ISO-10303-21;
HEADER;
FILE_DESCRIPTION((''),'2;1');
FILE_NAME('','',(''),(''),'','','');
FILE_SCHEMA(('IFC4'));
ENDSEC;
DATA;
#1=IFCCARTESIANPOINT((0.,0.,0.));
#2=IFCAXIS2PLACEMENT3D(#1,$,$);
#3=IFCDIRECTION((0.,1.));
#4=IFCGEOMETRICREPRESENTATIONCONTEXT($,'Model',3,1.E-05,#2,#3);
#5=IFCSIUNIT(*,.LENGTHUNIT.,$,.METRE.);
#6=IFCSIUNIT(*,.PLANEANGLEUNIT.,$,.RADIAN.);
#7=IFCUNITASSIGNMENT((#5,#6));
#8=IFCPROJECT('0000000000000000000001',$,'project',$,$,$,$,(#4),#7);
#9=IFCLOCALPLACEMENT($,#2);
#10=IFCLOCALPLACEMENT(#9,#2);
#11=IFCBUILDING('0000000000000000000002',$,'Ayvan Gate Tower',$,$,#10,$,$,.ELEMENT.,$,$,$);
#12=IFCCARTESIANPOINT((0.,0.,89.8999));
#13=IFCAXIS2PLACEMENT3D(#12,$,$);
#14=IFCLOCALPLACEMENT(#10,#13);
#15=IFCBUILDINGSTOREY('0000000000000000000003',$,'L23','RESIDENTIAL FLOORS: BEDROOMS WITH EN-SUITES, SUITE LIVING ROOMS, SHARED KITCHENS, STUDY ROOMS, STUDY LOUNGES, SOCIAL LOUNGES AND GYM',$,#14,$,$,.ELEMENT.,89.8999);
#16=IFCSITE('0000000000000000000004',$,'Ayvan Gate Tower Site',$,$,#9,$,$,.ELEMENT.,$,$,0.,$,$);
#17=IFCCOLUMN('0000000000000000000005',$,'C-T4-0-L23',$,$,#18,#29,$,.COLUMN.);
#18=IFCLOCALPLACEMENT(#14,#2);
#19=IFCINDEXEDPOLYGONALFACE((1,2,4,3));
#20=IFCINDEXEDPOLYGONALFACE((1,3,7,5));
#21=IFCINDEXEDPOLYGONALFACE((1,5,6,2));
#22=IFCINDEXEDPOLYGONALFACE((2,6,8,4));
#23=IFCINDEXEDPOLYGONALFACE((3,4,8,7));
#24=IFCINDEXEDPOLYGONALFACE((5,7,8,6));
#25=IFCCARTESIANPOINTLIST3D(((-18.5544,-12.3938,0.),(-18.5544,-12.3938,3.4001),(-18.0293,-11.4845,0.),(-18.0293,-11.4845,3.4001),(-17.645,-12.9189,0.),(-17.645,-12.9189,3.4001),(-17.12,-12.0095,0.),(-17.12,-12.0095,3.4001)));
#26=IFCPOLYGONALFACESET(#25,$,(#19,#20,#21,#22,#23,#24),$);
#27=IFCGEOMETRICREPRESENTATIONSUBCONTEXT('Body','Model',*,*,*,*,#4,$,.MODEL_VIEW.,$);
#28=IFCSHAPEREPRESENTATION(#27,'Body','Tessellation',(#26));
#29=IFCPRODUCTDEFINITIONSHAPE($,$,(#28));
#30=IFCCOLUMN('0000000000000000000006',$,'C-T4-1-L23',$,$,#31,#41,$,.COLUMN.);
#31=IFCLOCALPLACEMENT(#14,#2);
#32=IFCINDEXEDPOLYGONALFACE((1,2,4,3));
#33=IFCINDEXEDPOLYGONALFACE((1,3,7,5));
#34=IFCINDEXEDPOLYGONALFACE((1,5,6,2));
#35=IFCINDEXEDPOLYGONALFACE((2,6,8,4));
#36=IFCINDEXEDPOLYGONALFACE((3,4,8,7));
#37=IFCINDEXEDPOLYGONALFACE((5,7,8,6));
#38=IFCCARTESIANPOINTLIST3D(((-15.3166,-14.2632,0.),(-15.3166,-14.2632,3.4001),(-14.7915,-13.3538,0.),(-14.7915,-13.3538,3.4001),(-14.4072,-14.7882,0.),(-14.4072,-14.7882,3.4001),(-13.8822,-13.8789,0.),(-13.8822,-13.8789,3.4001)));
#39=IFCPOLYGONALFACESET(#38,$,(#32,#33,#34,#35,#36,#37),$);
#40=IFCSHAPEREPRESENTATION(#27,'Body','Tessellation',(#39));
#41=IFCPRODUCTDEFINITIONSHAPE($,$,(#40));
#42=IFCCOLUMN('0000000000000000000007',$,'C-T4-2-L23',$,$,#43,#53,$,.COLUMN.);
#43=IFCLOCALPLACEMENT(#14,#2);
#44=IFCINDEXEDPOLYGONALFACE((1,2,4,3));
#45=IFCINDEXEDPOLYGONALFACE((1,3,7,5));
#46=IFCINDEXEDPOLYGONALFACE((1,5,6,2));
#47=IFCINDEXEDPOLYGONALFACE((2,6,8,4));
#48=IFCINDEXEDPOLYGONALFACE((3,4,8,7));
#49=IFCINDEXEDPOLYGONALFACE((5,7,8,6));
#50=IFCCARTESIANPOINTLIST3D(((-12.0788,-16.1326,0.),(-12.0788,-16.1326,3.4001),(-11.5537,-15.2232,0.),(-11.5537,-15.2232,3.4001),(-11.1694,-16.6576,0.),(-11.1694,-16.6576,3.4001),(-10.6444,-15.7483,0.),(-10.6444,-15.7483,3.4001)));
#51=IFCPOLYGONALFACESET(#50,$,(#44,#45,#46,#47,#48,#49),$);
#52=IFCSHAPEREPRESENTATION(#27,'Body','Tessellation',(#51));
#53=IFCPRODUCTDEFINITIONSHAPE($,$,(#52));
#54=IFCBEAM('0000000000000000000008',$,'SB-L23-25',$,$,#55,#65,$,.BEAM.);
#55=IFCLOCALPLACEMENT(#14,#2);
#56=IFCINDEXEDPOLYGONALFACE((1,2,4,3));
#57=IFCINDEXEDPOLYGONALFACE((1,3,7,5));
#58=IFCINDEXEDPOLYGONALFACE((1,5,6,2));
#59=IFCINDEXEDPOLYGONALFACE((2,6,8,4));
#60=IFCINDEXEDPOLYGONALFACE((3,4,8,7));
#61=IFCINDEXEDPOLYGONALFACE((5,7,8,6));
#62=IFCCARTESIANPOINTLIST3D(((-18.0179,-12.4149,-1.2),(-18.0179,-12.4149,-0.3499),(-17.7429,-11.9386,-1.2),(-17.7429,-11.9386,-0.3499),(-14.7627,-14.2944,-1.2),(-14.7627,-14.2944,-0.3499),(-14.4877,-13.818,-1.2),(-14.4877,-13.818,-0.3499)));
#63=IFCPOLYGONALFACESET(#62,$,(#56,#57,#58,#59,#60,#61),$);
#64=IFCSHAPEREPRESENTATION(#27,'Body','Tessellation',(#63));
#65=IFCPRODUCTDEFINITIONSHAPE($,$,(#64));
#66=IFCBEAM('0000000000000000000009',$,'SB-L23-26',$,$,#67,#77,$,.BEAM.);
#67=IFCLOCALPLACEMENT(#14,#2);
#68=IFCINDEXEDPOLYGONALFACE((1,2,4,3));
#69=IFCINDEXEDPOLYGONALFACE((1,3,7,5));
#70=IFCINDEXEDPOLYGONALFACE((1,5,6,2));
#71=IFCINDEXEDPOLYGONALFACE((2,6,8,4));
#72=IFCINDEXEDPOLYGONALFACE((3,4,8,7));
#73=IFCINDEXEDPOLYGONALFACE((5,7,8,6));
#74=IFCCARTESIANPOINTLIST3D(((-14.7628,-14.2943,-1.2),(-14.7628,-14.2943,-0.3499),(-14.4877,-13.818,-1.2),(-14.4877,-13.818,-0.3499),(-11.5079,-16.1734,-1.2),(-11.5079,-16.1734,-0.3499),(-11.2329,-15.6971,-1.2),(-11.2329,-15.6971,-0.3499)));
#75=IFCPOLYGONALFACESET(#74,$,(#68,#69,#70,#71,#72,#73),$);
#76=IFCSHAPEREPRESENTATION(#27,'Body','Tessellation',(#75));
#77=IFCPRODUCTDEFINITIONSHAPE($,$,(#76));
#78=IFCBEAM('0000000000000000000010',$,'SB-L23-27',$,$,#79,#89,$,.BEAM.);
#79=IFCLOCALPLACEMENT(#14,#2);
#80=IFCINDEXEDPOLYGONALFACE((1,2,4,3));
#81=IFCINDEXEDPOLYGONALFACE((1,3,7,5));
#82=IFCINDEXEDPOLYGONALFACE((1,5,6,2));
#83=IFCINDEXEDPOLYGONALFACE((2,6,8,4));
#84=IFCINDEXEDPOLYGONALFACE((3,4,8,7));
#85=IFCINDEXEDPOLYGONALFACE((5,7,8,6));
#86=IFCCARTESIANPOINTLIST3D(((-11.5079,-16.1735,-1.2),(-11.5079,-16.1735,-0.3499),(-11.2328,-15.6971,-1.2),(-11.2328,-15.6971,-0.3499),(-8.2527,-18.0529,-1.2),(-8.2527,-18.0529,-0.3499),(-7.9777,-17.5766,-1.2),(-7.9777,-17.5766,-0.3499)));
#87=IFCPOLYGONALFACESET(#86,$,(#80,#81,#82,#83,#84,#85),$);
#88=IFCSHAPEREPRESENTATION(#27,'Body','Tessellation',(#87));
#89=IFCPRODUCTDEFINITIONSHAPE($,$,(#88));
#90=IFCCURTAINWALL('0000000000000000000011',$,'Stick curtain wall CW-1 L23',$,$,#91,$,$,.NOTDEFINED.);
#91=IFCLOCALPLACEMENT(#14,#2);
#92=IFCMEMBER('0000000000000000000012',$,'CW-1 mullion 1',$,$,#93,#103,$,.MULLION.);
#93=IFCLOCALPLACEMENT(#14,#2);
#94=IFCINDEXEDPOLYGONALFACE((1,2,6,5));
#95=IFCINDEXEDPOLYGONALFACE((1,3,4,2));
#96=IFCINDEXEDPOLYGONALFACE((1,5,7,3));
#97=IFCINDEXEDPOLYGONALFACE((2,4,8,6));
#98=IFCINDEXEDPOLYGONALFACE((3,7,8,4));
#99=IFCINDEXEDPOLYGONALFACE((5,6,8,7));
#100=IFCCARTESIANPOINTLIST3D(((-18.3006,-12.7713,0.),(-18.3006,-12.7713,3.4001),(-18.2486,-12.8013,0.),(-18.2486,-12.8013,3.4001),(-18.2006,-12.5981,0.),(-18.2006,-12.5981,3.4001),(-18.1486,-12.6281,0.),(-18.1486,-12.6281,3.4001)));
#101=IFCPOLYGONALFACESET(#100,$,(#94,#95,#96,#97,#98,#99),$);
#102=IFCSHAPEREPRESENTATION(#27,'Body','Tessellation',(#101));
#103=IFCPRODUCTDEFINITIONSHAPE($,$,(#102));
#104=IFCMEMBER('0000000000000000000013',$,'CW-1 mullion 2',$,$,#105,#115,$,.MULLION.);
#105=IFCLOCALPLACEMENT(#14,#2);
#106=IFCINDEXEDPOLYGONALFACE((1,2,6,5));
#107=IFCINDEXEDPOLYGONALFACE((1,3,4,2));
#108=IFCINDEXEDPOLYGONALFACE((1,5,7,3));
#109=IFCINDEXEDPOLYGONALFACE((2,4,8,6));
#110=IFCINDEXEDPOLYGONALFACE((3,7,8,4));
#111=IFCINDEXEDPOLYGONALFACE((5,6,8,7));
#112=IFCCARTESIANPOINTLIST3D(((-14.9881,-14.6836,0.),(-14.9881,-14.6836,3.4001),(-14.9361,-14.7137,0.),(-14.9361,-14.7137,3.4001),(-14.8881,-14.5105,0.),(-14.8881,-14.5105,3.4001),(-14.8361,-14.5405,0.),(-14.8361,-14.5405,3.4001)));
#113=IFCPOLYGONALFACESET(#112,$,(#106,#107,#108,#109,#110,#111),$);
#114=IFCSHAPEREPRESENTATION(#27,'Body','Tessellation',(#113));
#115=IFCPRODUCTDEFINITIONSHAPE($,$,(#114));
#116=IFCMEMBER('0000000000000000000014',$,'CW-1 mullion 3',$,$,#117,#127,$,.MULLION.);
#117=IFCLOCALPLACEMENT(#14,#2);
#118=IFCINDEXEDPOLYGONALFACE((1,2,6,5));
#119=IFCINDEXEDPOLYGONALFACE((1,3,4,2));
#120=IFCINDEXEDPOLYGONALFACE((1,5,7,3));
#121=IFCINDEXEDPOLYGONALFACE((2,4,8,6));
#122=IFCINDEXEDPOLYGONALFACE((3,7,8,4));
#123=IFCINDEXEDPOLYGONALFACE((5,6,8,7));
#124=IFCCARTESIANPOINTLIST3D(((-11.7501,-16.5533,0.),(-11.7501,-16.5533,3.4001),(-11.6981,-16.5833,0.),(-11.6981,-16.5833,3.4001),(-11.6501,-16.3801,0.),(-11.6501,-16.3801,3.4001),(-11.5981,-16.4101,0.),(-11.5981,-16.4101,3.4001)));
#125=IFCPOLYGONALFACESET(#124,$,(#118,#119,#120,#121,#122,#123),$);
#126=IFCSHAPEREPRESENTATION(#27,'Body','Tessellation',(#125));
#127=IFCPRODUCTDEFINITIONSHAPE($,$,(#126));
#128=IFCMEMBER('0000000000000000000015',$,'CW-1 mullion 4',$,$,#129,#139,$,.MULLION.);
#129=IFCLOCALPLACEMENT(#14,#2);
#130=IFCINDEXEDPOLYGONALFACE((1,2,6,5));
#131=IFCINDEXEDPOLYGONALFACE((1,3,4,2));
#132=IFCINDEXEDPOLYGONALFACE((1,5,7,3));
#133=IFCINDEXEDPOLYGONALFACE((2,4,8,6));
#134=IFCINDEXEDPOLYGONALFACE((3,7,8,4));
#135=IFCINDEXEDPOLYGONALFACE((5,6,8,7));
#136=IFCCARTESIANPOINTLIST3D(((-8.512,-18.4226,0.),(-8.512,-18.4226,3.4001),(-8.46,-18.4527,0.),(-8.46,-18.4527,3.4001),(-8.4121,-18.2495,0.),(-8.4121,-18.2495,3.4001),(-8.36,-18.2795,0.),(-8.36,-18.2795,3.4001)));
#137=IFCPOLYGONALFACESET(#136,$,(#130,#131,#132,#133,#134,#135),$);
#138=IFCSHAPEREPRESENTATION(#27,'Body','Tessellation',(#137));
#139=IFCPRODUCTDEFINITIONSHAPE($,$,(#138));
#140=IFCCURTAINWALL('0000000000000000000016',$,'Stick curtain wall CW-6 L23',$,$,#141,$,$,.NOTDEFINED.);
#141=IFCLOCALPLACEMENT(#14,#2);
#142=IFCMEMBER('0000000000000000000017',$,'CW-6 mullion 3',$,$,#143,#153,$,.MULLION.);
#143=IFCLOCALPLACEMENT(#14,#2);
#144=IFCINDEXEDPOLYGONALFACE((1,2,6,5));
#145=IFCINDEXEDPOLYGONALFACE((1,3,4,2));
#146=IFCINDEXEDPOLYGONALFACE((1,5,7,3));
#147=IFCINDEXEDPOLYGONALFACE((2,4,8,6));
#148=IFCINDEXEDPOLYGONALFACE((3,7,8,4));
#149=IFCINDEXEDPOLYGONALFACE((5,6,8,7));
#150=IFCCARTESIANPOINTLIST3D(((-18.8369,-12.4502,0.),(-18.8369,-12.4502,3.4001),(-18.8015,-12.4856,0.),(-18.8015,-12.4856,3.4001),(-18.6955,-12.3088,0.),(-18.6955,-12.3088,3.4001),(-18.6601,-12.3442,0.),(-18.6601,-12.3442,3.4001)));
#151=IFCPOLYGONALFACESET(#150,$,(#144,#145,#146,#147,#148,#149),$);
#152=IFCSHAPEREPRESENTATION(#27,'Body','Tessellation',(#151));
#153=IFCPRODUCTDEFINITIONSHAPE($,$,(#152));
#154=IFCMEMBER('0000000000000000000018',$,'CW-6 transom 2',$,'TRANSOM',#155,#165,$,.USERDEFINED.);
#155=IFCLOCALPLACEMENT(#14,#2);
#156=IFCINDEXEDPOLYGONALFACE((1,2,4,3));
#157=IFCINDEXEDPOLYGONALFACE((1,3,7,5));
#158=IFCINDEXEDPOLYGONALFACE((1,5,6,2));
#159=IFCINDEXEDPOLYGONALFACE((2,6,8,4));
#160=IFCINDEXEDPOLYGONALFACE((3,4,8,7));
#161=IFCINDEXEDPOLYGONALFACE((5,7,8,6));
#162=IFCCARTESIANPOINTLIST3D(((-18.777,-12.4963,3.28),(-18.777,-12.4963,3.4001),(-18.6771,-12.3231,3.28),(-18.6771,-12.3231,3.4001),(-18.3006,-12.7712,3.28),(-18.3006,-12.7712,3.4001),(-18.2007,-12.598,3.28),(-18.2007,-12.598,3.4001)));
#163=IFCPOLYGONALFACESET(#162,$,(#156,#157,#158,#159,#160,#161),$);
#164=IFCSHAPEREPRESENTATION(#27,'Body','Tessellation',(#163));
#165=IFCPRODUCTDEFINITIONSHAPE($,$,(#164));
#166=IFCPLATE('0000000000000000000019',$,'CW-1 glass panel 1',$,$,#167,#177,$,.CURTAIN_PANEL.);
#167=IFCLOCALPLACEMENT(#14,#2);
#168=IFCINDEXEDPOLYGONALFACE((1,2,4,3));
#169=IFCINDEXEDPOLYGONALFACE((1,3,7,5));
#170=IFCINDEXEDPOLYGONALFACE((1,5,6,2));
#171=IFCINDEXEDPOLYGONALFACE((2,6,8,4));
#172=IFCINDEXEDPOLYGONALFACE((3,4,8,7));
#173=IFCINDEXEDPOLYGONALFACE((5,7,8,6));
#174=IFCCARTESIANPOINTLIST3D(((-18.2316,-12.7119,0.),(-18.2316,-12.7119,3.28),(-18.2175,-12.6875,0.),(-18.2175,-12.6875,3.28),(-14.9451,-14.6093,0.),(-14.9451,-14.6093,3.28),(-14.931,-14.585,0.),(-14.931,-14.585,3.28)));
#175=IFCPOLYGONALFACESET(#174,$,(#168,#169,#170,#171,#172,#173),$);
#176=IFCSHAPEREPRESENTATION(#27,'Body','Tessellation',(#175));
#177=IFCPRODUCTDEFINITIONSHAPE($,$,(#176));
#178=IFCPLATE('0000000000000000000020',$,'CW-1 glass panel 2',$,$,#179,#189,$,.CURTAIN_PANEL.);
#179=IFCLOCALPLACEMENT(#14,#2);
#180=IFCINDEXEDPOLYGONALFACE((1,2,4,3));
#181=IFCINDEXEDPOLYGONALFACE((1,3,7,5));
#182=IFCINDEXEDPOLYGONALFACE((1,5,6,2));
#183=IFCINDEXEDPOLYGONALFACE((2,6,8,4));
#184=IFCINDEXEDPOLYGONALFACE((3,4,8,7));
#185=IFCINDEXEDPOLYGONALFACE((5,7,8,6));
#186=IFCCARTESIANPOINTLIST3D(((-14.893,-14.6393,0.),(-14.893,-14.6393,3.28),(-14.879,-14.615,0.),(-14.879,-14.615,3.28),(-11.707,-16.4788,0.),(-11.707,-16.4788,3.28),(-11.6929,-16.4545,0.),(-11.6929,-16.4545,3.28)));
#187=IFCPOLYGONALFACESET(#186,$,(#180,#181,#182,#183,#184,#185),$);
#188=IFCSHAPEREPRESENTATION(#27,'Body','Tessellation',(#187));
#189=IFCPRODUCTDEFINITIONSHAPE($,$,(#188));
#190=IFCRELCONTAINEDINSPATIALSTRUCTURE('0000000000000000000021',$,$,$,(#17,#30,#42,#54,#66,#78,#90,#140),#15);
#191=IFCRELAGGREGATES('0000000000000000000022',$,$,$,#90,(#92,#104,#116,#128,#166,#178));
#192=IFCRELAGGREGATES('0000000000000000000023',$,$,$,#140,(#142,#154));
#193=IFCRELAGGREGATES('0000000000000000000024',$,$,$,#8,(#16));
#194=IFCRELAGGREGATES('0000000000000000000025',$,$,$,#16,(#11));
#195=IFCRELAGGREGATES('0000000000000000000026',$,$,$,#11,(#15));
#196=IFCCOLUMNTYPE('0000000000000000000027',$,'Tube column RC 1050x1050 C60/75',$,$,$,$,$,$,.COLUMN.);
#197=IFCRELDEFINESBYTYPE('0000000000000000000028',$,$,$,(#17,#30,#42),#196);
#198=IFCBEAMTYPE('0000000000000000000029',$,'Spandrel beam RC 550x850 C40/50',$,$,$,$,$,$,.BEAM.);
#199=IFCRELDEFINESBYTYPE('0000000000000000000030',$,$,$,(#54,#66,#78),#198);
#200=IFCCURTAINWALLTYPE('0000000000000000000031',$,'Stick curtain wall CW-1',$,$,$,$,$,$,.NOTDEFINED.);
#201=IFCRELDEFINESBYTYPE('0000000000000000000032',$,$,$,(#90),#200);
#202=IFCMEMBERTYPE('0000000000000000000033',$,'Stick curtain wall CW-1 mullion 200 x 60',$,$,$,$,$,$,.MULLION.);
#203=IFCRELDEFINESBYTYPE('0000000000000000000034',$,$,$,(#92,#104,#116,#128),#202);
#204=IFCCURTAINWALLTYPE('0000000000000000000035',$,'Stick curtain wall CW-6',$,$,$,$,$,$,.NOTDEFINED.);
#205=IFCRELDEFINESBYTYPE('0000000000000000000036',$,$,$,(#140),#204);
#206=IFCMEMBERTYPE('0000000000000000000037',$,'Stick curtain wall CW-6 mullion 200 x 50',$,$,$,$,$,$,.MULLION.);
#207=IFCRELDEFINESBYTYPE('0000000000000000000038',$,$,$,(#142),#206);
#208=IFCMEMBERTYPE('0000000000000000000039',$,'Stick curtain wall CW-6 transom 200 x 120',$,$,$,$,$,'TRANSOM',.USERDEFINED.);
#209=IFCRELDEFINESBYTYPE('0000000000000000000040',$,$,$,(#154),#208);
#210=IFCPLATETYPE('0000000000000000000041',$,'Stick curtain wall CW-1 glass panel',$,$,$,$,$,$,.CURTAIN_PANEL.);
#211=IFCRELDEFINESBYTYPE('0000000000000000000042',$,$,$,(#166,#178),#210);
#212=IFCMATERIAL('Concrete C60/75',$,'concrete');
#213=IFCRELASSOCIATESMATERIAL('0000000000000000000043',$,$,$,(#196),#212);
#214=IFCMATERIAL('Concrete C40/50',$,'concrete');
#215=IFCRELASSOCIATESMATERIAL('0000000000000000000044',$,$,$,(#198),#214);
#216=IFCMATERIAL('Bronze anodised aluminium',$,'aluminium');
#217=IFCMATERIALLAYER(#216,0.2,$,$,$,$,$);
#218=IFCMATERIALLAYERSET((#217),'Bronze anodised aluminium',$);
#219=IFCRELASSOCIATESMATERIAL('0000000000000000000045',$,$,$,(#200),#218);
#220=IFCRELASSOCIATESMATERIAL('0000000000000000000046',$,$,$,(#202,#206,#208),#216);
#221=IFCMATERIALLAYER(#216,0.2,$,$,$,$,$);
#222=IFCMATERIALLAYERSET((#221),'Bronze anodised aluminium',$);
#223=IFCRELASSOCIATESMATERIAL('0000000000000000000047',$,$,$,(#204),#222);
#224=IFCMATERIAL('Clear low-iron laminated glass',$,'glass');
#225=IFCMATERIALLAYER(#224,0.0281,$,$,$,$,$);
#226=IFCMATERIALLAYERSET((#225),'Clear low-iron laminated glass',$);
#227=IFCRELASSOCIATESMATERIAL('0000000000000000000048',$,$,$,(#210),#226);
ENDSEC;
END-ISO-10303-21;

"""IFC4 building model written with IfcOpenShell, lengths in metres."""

from ifc_helpers import new_model, si_unit, direction, frame, origin, origin_2d, place, context, subcontext, project, spatial, rectangle, extrude, material, layer, layer_set, material_profile, profile_set, type_object, element, aggregate, save


model = new_model("IFC4")

# Units and contexts
model_context = context("Model", 3, precision=1e-05, world=origin(), true_north=direction((0.0, 1.0)))
body_context = subcontext(model_context, "Body", "Model", "MODEL_VIEW")
ifc_project = project(units=[si_unit("LENGTHUNIT", "METRE"), si_unit("PLANEANGLEUNIT", "RADIAN")], contexts=[model_context])

# Site, building, storey
site_placement = place(None, origin())
site = spatial("IfcSite", under=ifc_project, at=site_placement, Name="Ayvan Gate Tower Site", CompositionType="ELEMENT", RefElevation=0.0)
building_placement = place(site_placement, origin())
building = spatial("IfcBuilding", under=site, at=building_placement, Name="Ayvan Gate Tower", CompositionType="ELEMENT")
storey_placement = place(building_placement, frame((0.0, 0.0, 89.8999)))
storey = spatial("IfcBuildingStorey", under=building, at=storey_placement, Name="L23", Description="RESIDENTIAL FLOORS: BEDROOMS WITH EN-SUITES, SUITE LIVING ROOMS, SHARED KITCHENS, STUDY ROOMS, STUDY LOUNGES, SOCIAL LOUNGES AND GYM", CompositionType="ELEMENT", Elevation=89.8999)

# Columns
ifc_material_1 = material(Name="Concrete C60/75", Category="concrete")
ifc_material_profile_1 = material_profile(ifc_material_1, rectangle(XDim=1.05, YDim=1.05, at=origin_2d()), Name="RC 1050x1050")
ifc_profile_set_1 = profile_set([ifc_material_profile_1], Name="Concrete C60/75")
column_type = type_object("IfcColumnType", Name="Tube column RC 1050x1050 C60/75", PredefinedType="COLUMN", material=ifc_profile_set_1)
for number, where, z_axis, x_axis, name in (
    (1, (-17.8372, -12.2017, 0.0), (0.0, 0.0, 1.0), (-0.5, -0.866025, 0.0), "C-T4-0-L23"),
    (2, (-14.5994, -14.071, 0.0), (0.0, 0.0, 1.0), (-0.5, -0.866025, 0.0), "C-T4-1-L23"),
    (3, (-11.3616, -15.9404, 0.0), (0.0, 0.0, 1.0), (-0.5, -0.866025, 0.0), "C-T4-2-L23"),
):
    element("IfcColumn", number, at=place(storey_placement, frame(where, z_axis=z_axis, x_axis=x_axis)), inside=storey, type_object=column_type, Name=name, PredefinedType="COLUMN", context=body_context, shape_type="SweptSolid", body=[
        extrude(rectangle(XDim=1.05, YDim=1.05, at=origin_2d()), origin(), (0.0, 0.0, 1.0), 3.4001),
    ])

# Beams
ifc_material_2 = material(Name="Concrete C40/50", Category="concrete")
ifc_material_profile_2 = material_profile(ifc_material_2, rectangle(XDim=0.55, YDim=0.8501, at=origin_2d()), Name="RC 550x850")
ifc_profile_set_2 = profile_set([ifc_material_profile_2], Name="Concrete C40/50")
beam_type = type_object("IfcBeamType", Name="Spandrel beam RC 550x850 C40/50", PredefinedType="BEAM", material=ifc_profile_set_2)
beam_1_placement = place(storey_placement, frame((-17.8804, -12.1768, -0.7749), z_axis=(0.86602, -0.500009, 0.0), x_axis=(0.500009, 0.86602, 0.0)))
element("IfcBeam", 4, at=beam_1_placement, inside=storey, type_object=beam_type, Name="SB-L23-25", PredefinedType="BEAM", context=body_context, shape_type="SweptSolid", body=[
    extrude(rectangle(XDim=0.55, YDim=0.8501, at=origin_2d()), origin(), (0.0, 0.0, 1.0), 3.7588),
])
beam_2_placement = place(storey_placement, frame((-14.6252, -14.0562, -0.7749), z_axis=(0.866032, -0.499989, 0.0), x_axis=(0.499989, 0.866032, 0.0)))
element("IfcBeam", 5, at=beam_2_placement, inside=storey, type_object=beam_type, Name="SB-L23-26", PredefinedType="BEAM", context=body_context, shape_type="SweptSolid", body=[
    extrude(rectangle(XDim=0.55, YDim=0.8501, at=origin_2d()), origin(), (0.0, 0.0, 1.0), 3.7583),
])
beam_3_placement = place(storey_placement, frame((-11.3704, -15.9353, -0.7749), z_axis=(0.86602, -0.500009, 0.0), x_axis=(0.500009, 0.86602, 0.0)))
element("IfcBeam", 6, at=beam_3_placement, inside=storey, type_object=beam_type, Name="SB-L23-27", PredefinedType="BEAM", context=body_context, shape_type="SweptSolid", body=[
    extrude(rectangle(XDim=0.55, YDim=0.8501, at=origin_2d()), origin(), (0.0, 0.0, 1.0), 3.7588),
])

# Curtain walls, members
ifc_material_3 = material(Name="Bronze anodised aluminium", Category="aluminium")
ifc_layer_1 = layer(ifc_material_3, 0.2)
ifc_layer_set_1 = layer_set([ifc_layer_1], Name="Bronze anodised aluminium")
curtain_wall_type_1 = type_object("IfcCurtainWallType", Name="Stick curtain wall CW-1", PredefinedType="NOTDEFINED", material=ifc_layer_set_1)
curtain_wall_1_placement = place(storey_placement, origin())
curtain_wall_1 = element("IfcCurtainWall", 7, at=curtain_wall_1_placement, inside=storey, type_object=curtain_wall_type_1, Name="Stick curtain wall CW-1 L23", PredefinedType="NOTDEFINED")
ifc_material_profile_3 = material_profile(ifc_material_3, rectangle(XDim=0.2, YDim=0.0601, at=origin_2d()), Name="Stick curtain wall CW-1 mullion 200 x 60")
ifc_profile_set_3 = profile_set([ifc_material_profile_3], Name="Bronze anodised aluminium")
member_type_1 = type_object("IfcMemberType", Name="Stick curtain wall CW-1 mullion 200 x 60", PredefinedType="MULLION", material=ifc_profile_set_3)
member_1_placement = place(storey_placement, frame((-18.2246, -12.6997, 0.0), z_axis=(0.0, 0.0, 1.0), x_axis=(-0.5, -0.866025, 0.0)))
member_1 = element("IfcMember", 8, at=member_1_placement, type_object=member_type_1, Name="CW-1 mullion 1", PredefinedType="MULLION", context=body_context, shape_type="SweptSolid", body=[
    extrude(rectangle(XDim=0.2, YDim=0.0601, at=origin_2d()), origin(), (0.0, 0.0, 1.0), 3.4001),
])
member_2_placement = place(storey_placement, frame((-14.9121, -14.6121, 0.0), z_axis=(0.0, 0.0, 1.0), x_axis=(-0.5, -0.866025, 0.0)))
member_2 = element("IfcMember", 9, at=member_2_placement, type_object=member_type_1, Name="CW-1 mullion 2", PredefinedType="MULLION", context=body_context, shape_type="SweptSolid", body=[
    extrude(rectangle(XDim=0.2, YDim=0.0601, at=origin_2d()), origin(), (0.0, 0.0, 1.0), 3.4001),
])
member_3_placement = place(storey_placement, frame((-11.6741, -16.4817, 0.0), z_axis=(0.0, 0.0, 1.0), x_axis=(-0.5, -0.866025, 0.0)))
member_3 = element("IfcMember", 10, at=member_3_placement, type_object=member_type_1, Name="CW-1 mullion 3", PredefinedType="MULLION", context=body_context, shape_type="SweptSolid", body=[
    extrude(rectangle(XDim=0.2, YDim=0.0601, at=origin_2d()), origin(), (0.0, 0.0, 1.0), 3.4001),
])
member_4_placement = place(storey_placement, frame((-8.436, -18.3511, 0.0), z_axis=(0.0, 0.0, 1.0), x_axis=(-0.5, -0.866025, 0.0)))
member_4 = element("IfcMember", 11, at=member_4_placement, type_object=member_type_1, Name="CW-1 mullion 4", PredefinedType="MULLION", context=body_context, shape_type="SweptSolid", body=[
    extrude(rectangle(XDim=0.2, YDim=0.0601, at=origin_2d()), origin(), (0.0, 0.0, 1.0), 3.4001),
])
ifc_layer_2 = layer(ifc_material_3, 0.2)
ifc_layer_set_2 = layer_set([ifc_layer_2], Name="Bronze anodised aluminium")
curtain_wall_type_2 = type_object("IfcCurtainWallType", Name="Stick curtain wall CW-6", PredefinedType="NOTDEFINED", material=ifc_layer_set_2)
curtain_wall_2_placement = place(storey_placement, origin())
curtain_wall_2 = element("IfcCurtainWall", 12, at=curtain_wall_2_placement, inside=storey, type_object=curtain_wall_type_2, Name="Stick curtain wall CW-6 L23", PredefinedType="NOTDEFINED")
ifc_material_profile_4 = material_profile(ifc_material_3, rectangle(XDim=0.2, YDim=0.05, at=origin_2d()), Name="Stick curtain wall CW-6 mullion 200 x 50")
ifc_profile_set_4 = profile_set([ifc_material_profile_4], Name="Bronze anodised aluminium")
member_type_2 = type_object("IfcMemberType", Name="Stick curtain wall CW-6 mullion 200 x 50", PredefinedType="MULLION", material=ifc_profile_set_4)
member_5_placement = place(storey_placement, frame((-18.7485, -12.3972, 0.0), z_axis=(0.0, 0.0, 1.0), x_axis=(-0.707107, -0.707107, 0.0)))
member_5 = element("IfcMember", 13, at=member_5_placement, type_object=member_type_2, Name="CW-6 mullion 3", PredefinedType="MULLION", context=body_context, shape_type="SweptSolid", body=[
    extrude(rectangle(XDim=0.2, YDim=0.05, at=origin_2d()), origin(), (0.0, 0.0, 1.0), 3.4001),
])
ifc_material_profile_5 = material_profile(ifc_material_3, rectangle(XDim=0.2, YDim=0.1201, at=origin_2d()), Name="Stick curtain wall CW-6 transom 200 x 120")
ifc_profile_set_5 = profile_set([ifc_material_profile_5], Name="Bronze anodised aluminium")
member_type_3 = type_object("IfcMemberType", Name="Stick curtain wall CW-6 transom 200 x 120", ElementType="TRANSOM", PredefinedType="USERDEFINED", material=ifc_profile_set_5)
member_6_placement = place(storey_placement, frame((-18.7271, -12.4097, 3.3401), z_axis=(0.866104, -0.499863, 0.0), x_axis=(0.499863, 0.866104, 0.0)))
member_6 = element("IfcMember", 14, at=member_6_placement, type_object=member_type_3, Name="CW-6 transom 2", ObjectType="TRANSOM", PredefinedType="USERDEFINED", context=body_context, shape_type="SweptSolid", body=[
    extrude(rectangle(XDim=0.2, YDim=0.1201, at=origin_2d()), origin(), (0.0, 0.0, 1.0), 0.55),
])

# Plates
ifc_material_4 = material(Name="Clear low-iron laminated glass", Category="glass")
ifc_layer_3 = layer(ifc_material_4, 0.0281)
ifc_layer_set_3 = layer_set([ifc_layer_3], Name="Clear low-iron laminated glass")
plate_type_1 = type_object("IfcPlateType", Name="Stick curtain wall CW-1 glass panel", PredefinedType="CURTAIN_PANEL", material=ifc_layer_set_3)
plate_1_placement = place(storey_placement, frame((-16.5813, -13.6484, 0.0), z_axis=(0.0, 0.0, 1.0), x_axis=(0.866025, -0.5, 0.0)))
plate_1 = element("IfcPlate", 15, at=plate_1_placement, type_object=plate_type_1, Name="CW-1 glass panel 1", PredefinedType="CURTAIN_PANEL", context=body_context, shape_type="SweptSolid", body=[
    extrude(rectangle(XDim=3.7949, YDim=0.0281, at=origin_2d()), origin(), (0.0, 0.0, 1.0), 3.28),
])
plate_2_placement = place(storey_placement, frame((-13.293, -15.5469, 0.0), z_axis=(0.0, 0.0, 1.0), x_axis=(0.866025, -0.5, 0.0)))
plate_2 = element("IfcPlate", 16, at=plate_2_placement, type_object=plate_type_1, Name="CW-1 glass panel 2", PredefinedType="CURTAIN_PANEL", context=body_context, shape_type="SweptSolid", body=[
    extrude(rectangle(XDim=3.679, YDim=0.0281, at=origin_2d()), origin(), (0.0, 0.0, 1.0), 3.28),
])
aggregate(curtain_wall_1, [member_1, member_2, member_3, member_4, plate_1, plate_2])
aggregate(curtain_wall_2, [member_5, member_6])

save(model, "model.ifc")
